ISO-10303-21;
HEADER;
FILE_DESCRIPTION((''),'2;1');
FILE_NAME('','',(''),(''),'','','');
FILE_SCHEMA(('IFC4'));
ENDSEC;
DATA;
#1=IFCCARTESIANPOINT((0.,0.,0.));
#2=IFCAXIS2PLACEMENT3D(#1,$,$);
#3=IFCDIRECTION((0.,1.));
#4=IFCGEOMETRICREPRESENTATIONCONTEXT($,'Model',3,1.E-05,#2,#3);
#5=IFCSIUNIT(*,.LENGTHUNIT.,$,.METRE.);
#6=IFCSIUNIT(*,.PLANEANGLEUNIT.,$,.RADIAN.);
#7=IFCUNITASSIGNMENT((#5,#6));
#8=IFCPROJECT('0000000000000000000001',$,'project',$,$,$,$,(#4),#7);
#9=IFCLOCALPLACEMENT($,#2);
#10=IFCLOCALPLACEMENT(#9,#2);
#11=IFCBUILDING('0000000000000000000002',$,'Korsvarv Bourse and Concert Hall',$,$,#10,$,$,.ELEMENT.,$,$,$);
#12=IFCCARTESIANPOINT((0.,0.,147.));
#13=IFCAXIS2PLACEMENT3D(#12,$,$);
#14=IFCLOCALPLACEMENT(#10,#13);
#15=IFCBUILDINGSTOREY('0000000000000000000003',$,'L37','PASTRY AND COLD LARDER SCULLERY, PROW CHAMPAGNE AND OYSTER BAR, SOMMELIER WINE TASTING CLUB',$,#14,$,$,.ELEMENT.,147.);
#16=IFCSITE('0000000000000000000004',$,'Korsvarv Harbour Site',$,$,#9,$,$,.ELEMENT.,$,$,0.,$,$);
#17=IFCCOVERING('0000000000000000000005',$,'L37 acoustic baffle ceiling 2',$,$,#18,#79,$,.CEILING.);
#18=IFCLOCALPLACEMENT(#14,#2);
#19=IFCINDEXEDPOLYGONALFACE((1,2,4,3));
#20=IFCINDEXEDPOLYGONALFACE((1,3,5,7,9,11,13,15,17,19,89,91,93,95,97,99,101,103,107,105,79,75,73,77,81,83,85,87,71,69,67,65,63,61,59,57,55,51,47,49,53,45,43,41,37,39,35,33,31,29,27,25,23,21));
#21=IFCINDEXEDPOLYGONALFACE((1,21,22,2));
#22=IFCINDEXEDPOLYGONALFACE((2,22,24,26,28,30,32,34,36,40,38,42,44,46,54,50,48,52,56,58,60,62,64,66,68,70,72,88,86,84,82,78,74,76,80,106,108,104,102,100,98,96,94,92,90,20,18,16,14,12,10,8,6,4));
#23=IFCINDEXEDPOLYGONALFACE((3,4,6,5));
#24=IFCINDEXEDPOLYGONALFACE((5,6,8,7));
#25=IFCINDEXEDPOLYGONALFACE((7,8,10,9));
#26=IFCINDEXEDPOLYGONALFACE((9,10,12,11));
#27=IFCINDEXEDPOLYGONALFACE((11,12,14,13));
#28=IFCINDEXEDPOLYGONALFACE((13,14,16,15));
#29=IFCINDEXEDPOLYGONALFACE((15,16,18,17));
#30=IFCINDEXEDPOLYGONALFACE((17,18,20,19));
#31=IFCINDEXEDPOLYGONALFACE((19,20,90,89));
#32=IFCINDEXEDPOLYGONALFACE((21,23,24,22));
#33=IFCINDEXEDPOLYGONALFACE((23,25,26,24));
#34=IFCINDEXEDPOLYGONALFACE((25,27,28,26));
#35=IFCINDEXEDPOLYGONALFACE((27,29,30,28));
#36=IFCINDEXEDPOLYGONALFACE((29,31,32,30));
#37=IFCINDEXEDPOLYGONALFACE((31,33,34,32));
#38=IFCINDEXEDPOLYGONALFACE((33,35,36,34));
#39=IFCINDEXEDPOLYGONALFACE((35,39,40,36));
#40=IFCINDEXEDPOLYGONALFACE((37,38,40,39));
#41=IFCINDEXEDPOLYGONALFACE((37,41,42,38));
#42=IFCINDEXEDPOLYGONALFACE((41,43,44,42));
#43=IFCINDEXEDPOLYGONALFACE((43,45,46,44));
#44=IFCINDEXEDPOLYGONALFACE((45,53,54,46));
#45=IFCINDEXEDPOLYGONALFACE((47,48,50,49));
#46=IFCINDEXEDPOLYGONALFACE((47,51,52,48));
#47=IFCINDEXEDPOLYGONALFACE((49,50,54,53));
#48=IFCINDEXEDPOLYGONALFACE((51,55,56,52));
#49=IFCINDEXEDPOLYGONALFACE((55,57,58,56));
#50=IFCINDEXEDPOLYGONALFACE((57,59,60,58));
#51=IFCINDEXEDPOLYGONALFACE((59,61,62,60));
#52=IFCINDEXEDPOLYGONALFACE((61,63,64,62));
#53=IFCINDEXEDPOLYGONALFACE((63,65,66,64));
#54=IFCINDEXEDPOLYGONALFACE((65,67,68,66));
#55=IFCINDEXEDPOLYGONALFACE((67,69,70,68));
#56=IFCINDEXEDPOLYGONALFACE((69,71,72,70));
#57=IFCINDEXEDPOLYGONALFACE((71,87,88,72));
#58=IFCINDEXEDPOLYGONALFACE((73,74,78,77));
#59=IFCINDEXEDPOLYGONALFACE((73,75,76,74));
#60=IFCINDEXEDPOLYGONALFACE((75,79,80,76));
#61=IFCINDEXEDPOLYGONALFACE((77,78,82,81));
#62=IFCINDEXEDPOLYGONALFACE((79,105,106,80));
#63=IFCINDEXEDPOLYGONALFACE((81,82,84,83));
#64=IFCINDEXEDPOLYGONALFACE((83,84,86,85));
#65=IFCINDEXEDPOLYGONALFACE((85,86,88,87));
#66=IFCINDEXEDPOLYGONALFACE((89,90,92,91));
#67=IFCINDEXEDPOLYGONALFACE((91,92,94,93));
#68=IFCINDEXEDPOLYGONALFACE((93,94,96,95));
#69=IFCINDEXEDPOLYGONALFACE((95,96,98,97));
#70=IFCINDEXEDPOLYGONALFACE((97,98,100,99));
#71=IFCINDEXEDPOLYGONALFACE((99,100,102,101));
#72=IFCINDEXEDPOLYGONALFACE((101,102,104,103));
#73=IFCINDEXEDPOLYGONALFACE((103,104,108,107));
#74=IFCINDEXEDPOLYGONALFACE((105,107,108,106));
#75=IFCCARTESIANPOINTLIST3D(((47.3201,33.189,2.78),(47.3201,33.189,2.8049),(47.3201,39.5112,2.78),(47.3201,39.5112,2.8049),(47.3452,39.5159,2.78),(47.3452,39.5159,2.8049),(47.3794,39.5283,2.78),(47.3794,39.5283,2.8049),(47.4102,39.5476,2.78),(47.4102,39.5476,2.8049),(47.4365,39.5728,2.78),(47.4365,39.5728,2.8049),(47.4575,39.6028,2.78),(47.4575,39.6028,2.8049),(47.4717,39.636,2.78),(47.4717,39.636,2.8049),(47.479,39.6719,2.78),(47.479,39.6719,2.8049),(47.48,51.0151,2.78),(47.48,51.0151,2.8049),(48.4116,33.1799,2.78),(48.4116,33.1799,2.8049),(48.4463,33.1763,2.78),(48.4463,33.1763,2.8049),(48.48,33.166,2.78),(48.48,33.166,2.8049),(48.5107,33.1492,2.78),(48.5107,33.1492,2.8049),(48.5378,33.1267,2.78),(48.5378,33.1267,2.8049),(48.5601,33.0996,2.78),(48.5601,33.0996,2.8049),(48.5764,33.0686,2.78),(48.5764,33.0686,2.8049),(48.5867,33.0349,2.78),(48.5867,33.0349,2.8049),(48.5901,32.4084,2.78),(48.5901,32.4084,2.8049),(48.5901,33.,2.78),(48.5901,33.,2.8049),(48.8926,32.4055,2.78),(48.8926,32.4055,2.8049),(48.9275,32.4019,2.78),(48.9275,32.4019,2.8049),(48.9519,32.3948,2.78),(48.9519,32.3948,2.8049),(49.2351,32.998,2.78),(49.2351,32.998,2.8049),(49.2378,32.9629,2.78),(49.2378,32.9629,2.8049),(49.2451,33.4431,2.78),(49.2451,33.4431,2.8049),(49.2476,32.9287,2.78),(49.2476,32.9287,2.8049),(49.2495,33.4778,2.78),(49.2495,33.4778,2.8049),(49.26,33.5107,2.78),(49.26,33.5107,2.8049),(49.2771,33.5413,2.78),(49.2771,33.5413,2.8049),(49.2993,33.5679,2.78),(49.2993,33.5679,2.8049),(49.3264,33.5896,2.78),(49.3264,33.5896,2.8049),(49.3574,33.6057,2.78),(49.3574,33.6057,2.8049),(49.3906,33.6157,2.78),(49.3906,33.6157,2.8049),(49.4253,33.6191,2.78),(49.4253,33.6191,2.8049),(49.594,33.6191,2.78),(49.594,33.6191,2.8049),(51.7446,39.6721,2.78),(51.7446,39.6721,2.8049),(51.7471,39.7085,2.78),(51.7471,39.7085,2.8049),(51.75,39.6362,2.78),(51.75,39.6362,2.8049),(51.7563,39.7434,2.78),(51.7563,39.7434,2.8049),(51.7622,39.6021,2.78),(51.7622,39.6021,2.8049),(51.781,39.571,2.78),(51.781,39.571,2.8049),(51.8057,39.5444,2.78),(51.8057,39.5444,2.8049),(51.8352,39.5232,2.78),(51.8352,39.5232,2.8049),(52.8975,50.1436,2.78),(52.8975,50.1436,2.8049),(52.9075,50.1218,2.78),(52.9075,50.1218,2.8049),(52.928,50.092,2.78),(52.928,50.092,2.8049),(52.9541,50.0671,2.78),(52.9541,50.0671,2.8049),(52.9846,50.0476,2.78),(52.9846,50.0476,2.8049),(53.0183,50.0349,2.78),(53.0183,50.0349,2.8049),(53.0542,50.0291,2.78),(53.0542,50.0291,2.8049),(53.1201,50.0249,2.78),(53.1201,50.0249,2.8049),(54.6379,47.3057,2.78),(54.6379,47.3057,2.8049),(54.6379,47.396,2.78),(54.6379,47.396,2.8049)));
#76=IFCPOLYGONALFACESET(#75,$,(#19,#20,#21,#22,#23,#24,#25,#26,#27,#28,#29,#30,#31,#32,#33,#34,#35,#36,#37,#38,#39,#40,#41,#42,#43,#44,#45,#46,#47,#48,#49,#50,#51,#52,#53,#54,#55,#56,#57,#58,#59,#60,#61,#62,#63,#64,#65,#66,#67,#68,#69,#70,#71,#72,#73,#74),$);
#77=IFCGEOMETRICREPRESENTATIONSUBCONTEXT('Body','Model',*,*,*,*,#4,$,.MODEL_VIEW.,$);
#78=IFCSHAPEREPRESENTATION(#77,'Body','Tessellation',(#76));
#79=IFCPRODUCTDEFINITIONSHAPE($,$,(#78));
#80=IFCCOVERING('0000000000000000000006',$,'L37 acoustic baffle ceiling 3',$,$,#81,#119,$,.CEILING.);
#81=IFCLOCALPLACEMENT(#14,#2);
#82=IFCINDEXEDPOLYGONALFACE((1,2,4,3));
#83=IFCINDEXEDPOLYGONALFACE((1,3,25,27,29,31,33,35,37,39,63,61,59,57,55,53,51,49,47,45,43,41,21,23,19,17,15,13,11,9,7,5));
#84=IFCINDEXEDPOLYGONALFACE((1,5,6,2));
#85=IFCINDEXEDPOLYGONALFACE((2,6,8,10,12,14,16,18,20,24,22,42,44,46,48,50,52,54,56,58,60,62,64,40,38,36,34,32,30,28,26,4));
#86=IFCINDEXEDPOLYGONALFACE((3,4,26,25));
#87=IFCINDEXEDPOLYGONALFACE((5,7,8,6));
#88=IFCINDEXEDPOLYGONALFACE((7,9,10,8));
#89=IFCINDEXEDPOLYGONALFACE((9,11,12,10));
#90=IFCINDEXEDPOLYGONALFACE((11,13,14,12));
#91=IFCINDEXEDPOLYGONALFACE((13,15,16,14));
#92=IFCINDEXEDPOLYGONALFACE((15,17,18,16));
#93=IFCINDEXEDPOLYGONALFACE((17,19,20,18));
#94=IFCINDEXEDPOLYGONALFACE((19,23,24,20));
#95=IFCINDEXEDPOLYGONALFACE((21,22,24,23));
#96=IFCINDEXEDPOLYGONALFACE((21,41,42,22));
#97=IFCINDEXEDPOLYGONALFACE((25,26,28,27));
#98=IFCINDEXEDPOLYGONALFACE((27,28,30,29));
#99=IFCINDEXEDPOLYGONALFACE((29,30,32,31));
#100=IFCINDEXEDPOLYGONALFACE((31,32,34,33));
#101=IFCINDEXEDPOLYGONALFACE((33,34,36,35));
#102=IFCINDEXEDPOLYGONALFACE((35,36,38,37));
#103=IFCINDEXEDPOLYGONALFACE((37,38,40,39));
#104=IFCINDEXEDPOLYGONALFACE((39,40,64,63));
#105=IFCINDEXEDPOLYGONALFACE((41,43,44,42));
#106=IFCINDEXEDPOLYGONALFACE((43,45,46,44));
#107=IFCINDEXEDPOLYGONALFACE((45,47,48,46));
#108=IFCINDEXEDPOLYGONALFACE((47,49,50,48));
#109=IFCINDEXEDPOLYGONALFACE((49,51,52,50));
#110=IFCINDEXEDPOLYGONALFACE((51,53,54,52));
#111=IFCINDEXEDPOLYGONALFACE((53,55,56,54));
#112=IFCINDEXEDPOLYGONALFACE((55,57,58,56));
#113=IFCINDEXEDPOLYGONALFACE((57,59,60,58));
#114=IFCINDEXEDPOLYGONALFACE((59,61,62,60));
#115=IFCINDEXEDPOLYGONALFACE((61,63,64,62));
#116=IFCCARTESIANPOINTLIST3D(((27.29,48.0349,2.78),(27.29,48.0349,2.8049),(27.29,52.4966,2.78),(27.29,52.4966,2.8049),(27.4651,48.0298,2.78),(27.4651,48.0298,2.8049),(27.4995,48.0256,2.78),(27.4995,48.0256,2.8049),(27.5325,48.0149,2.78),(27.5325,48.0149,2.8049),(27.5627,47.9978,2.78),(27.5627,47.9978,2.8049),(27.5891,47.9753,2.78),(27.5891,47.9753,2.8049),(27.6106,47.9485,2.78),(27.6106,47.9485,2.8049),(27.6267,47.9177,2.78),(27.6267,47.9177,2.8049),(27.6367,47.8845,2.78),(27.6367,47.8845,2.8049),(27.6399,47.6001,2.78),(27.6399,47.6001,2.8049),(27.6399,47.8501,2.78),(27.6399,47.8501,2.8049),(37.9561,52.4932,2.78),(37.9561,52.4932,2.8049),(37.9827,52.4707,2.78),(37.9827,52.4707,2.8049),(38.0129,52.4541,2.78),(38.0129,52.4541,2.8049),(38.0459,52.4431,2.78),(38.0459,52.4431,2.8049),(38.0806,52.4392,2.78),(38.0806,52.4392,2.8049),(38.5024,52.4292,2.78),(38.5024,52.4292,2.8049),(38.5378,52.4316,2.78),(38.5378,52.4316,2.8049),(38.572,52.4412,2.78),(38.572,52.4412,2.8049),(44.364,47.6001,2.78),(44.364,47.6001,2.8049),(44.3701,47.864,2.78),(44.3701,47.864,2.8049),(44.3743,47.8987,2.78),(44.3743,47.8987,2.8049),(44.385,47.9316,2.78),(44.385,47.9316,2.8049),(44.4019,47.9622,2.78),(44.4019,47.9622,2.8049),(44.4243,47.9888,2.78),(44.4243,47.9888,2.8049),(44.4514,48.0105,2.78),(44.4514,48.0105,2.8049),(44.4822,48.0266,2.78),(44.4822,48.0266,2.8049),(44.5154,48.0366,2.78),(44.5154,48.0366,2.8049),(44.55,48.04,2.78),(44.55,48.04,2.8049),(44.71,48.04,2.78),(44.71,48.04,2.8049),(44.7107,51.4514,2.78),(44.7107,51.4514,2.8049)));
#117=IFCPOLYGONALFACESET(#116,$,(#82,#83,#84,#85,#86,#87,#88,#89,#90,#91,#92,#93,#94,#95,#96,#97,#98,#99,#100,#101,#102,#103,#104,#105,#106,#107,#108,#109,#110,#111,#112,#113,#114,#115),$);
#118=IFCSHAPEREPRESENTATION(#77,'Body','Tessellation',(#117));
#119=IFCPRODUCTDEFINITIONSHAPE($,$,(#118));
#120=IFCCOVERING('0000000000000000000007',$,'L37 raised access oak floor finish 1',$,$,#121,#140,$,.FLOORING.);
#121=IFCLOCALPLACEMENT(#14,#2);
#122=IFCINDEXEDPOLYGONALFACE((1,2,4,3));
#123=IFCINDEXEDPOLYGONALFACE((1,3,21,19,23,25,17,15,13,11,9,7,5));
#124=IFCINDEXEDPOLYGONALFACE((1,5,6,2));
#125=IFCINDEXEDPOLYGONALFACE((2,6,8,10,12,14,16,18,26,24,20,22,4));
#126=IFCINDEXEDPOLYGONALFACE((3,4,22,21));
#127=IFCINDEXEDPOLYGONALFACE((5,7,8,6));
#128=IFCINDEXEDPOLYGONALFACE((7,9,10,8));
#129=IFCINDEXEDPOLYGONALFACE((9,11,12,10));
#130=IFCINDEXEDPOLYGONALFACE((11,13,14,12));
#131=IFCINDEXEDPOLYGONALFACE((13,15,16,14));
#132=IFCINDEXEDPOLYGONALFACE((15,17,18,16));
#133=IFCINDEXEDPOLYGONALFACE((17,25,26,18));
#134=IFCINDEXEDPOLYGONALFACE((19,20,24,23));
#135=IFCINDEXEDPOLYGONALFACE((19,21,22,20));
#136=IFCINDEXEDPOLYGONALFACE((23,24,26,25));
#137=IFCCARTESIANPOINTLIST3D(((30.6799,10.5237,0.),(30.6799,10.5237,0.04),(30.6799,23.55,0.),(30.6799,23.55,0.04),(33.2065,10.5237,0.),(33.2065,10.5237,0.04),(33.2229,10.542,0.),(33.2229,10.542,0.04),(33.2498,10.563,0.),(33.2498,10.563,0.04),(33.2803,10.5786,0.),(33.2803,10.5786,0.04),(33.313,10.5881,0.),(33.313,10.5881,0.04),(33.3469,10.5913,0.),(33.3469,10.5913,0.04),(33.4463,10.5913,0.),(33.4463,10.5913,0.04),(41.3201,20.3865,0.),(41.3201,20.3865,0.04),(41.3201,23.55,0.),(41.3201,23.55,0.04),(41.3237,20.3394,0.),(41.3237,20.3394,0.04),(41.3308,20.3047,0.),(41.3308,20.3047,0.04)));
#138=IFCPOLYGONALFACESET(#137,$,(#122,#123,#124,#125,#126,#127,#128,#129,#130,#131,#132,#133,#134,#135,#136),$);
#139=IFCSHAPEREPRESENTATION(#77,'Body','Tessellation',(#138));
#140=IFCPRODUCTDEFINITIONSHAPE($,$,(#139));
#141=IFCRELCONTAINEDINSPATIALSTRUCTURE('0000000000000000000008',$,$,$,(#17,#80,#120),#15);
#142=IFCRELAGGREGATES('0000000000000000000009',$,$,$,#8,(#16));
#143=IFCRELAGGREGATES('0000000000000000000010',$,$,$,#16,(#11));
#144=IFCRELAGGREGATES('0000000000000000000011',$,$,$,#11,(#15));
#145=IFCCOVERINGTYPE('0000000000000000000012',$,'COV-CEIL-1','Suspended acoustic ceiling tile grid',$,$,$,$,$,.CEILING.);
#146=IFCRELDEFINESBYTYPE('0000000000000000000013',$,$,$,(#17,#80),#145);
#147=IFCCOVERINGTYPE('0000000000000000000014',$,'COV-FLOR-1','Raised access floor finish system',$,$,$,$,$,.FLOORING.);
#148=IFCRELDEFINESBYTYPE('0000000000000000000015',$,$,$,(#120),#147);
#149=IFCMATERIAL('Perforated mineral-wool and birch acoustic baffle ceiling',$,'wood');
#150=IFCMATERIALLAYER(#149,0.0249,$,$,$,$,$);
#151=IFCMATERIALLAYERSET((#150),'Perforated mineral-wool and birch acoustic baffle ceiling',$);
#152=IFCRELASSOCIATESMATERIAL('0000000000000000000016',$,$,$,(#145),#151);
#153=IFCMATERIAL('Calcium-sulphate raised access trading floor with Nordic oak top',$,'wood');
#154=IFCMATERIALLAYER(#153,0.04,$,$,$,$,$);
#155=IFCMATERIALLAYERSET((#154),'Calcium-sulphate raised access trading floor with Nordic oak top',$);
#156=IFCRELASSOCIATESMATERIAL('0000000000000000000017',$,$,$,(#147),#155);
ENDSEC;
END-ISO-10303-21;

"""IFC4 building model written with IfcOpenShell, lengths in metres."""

from ifc_helpers import new_model, si_unit, direction, frame, origin, place, context, subcontext, project, spatial, polyline, outline, extrude, material, layer, layer_set, type_object, element, save


model = new_model("IFC4")

# Units and contexts
model_context = context("Model", 3, precision=1e-05, world=origin(), true_north=direction((0.0, 1.0)))
body_context = subcontext(model_context, "Body", "Model", "MODEL_VIEW")
ifc_project = project(units=[si_unit("LENGTHUNIT", "METRE"), si_unit("PLANEANGLEUNIT", "RADIAN")], contexts=[model_context])

# Site, building, storey
site_placement = place(None, origin())
site = spatial("IfcSite", under=ifc_project, at=site_placement, Name="Korsvarv Harbour Site", CompositionType="ELEMENT", RefElevation=0.0)
building_placement = place(site_placement, origin())
building = spatial("IfcBuilding", under=site, at=building_placement, Name="Korsvarv Bourse and Concert Hall", CompositionType="ELEMENT")
storey_placement = place(building_placement, frame((0.0, 0.0, 147.0)))
storey = spatial("IfcBuildingStorey", under=building, at=storey_placement, Name="L37", Description="PASTRY AND COLD LARDER SCULLERY, PROW CHAMPAGNE AND OYSTER BAR, SOMMELIER WINE TASTING CLUB", CompositionType="ELEMENT", Elevation=147.0)

# Coverings
ifc_material_1 = material(Name="Perforated mineral-wool and birch acoustic baffle ceiling", Category="wood")
ifc_layer_1 = layer(ifc_material_1, 0.0249)
ifc_layer_set_1 = layer_set([ifc_layer_1], Name="Perforated mineral-wool and birch acoustic baffle ceiling")
covering_type_1 = type_object("IfcCoveringType", Name="COV-CEIL-1", Description="Suspended acoustic ceiling tile grid", PredefinedType="CEILING", material=ifc_layer_set_1)
covering_1_placement = place(storey_placement, frame((0.0, 0.0, 2.78)))
element("IfcCovering", 1, at=covering_1_placement, inside=storey, type_object=covering_type_1, Name="L37 acoustic baffle ceiling 2", PredefinedType="CEILING", context=body_context, shape_type="SweptSolid", body=[
    extrude(outline(polyline([(47.3201, 39.5112), (47.3452, 39.5159), (47.3794, 39.5283), (47.4102, 39.5476), (47.4365, 39.5728), (47.4575, 39.6028), (47.4717, 39.636), (47.479, 39.6719), (47.48, 51.0151), (52.8975, 50.1436), (52.9075, 50.1218), (52.928, 50.092), (52.9541, 50.0671), (52.9846, 50.0476), (53.0183, 50.0349), (53.0542, 50.0291), (53.1201, 50.0249), (54.6379, 47.396), (54.6379, 47.3057), (51.7563, 39.7434), (51.7471, 39.7085), (51.7446, 39.6721), (51.75, 39.6362), (51.7622, 39.6021), (51.781, 39.571), (51.8057, 39.5444), (51.8352, 39.5232), (49.594, 33.6191), (49.4253, 33.6191), (49.3906, 33.6157), (49.3574, 33.6057), (49.3264, 33.5896), (49.2993, 33.5679), (49.2771, 33.5413), (49.26, 33.5107), (49.2495, 33.4778), (49.2451, 33.4431), (49.2351, 32.998), (49.2378, 32.9629), (49.2476, 32.9287), (48.9519, 32.3948), (48.9275, 32.4019), (48.8926, 32.4055), (48.5901, 32.4084), (48.5901, 33.0), (48.5867, 33.0349), (48.5764, 33.0686), (48.5601, 33.0996), (48.5378, 33.1267), (48.5107, 33.1492), (48.48, 33.166), (48.4463, 33.1763), (48.4116, 33.1799), (47.3201, 33.189), (47.3201, 39.5112)])), origin(), (0.0, 0.0, 1.0), 0.0249),
])
covering_2_placement = place(storey_placement, frame((0.0, 0.0, 2.78)))
element("IfcCovering", 2, at=covering_2_placement, inside=storey, type_object=covering_type_1, Name="L37 acoustic baffle ceiling 3", PredefinedType="CEILING", context=body_context, shape_type="SweptSolid", body=[
    extrude(outline(polyline([(37.9561, 52.4932), (37.9827, 52.4707), (38.0129, 52.4541), (38.0459, 52.4431), (38.0806, 52.4392), (38.5024, 52.4292), (38.5378, 52.4316), (38.572, 52.4412), (44.7107, 51.4514), (44.71, 48.04), (44.55, 48.04), (44.5154, 48.0366), (44.4822, 48.0266), (44.4514, 48.0105), (44.4243, 47.9888), (44.4019, 47.9622), (44.385, 47.9316), (44.3743, 47.8987), (44.3701, 47.864), (44.364, 47.6001), (27.6399, 47.6001), (27.6399, 47.8501), (27.6367, 47.8845), (27.6267, 47.9177), (27.6106, 47.9485), (27.5891, 47.9753), (27.5627, 47.9978), (27.5325, 48.0149), (27.4995, 48.0256), (27.4651, 48.0298), (27.29, 48.0349), (27.29, 52.4966), (37.9561, 52.4932)])), origin(), (0.0, 0.0, 1.0), 0.0249),
])
ifc_material_2 = material(Name="Calcium-sulphate raised access trading floor with Nordic oak top", Category="wood")
ifc_layer_2 = layer(ifc_material_2, 0.04)
ifc_layer_set_2 = layer_set([ifc_layer_2], Name="Calcium-sulphate raised access trading floor with Nordic oak top")
covering_type_2 = type_object("IfcCoveringType", Name="COV-FLOR-1", Description="Raised access floor finish system", PredefinedType="FLOORING", material=ifc_layer_set_2)
covering_3_placement = place(storey_placement, origin())
element("IfcCovering", 3, at=covering_3_placement, inside=storey, type_object=covering_type_2, Name="L37 raised access oak floor finish 1", PredefinedType="FLOORING", context=body_context, shape_type="SweptSolid", body=[
    extrude(outline(polyline([(30.6799, 10.5237), (30.6799, 23.55), (41.3201, 23.55), (41.3201, 20.3865), (41.3237, 20.3394), (41.3308, 20.3047), (33.4463, 10.5913), (33.3469, 10.5913), (33.313, 10.5881), (33.2803, 10.5786), (33.2498, 10.563), (33.2229, 10.542), (33.2065, 10.5237), (30.6799, 10.5237)])), origin(), (0.0, 0.0, 1.0), 0.04),
])

save(model, "model.ifc")
